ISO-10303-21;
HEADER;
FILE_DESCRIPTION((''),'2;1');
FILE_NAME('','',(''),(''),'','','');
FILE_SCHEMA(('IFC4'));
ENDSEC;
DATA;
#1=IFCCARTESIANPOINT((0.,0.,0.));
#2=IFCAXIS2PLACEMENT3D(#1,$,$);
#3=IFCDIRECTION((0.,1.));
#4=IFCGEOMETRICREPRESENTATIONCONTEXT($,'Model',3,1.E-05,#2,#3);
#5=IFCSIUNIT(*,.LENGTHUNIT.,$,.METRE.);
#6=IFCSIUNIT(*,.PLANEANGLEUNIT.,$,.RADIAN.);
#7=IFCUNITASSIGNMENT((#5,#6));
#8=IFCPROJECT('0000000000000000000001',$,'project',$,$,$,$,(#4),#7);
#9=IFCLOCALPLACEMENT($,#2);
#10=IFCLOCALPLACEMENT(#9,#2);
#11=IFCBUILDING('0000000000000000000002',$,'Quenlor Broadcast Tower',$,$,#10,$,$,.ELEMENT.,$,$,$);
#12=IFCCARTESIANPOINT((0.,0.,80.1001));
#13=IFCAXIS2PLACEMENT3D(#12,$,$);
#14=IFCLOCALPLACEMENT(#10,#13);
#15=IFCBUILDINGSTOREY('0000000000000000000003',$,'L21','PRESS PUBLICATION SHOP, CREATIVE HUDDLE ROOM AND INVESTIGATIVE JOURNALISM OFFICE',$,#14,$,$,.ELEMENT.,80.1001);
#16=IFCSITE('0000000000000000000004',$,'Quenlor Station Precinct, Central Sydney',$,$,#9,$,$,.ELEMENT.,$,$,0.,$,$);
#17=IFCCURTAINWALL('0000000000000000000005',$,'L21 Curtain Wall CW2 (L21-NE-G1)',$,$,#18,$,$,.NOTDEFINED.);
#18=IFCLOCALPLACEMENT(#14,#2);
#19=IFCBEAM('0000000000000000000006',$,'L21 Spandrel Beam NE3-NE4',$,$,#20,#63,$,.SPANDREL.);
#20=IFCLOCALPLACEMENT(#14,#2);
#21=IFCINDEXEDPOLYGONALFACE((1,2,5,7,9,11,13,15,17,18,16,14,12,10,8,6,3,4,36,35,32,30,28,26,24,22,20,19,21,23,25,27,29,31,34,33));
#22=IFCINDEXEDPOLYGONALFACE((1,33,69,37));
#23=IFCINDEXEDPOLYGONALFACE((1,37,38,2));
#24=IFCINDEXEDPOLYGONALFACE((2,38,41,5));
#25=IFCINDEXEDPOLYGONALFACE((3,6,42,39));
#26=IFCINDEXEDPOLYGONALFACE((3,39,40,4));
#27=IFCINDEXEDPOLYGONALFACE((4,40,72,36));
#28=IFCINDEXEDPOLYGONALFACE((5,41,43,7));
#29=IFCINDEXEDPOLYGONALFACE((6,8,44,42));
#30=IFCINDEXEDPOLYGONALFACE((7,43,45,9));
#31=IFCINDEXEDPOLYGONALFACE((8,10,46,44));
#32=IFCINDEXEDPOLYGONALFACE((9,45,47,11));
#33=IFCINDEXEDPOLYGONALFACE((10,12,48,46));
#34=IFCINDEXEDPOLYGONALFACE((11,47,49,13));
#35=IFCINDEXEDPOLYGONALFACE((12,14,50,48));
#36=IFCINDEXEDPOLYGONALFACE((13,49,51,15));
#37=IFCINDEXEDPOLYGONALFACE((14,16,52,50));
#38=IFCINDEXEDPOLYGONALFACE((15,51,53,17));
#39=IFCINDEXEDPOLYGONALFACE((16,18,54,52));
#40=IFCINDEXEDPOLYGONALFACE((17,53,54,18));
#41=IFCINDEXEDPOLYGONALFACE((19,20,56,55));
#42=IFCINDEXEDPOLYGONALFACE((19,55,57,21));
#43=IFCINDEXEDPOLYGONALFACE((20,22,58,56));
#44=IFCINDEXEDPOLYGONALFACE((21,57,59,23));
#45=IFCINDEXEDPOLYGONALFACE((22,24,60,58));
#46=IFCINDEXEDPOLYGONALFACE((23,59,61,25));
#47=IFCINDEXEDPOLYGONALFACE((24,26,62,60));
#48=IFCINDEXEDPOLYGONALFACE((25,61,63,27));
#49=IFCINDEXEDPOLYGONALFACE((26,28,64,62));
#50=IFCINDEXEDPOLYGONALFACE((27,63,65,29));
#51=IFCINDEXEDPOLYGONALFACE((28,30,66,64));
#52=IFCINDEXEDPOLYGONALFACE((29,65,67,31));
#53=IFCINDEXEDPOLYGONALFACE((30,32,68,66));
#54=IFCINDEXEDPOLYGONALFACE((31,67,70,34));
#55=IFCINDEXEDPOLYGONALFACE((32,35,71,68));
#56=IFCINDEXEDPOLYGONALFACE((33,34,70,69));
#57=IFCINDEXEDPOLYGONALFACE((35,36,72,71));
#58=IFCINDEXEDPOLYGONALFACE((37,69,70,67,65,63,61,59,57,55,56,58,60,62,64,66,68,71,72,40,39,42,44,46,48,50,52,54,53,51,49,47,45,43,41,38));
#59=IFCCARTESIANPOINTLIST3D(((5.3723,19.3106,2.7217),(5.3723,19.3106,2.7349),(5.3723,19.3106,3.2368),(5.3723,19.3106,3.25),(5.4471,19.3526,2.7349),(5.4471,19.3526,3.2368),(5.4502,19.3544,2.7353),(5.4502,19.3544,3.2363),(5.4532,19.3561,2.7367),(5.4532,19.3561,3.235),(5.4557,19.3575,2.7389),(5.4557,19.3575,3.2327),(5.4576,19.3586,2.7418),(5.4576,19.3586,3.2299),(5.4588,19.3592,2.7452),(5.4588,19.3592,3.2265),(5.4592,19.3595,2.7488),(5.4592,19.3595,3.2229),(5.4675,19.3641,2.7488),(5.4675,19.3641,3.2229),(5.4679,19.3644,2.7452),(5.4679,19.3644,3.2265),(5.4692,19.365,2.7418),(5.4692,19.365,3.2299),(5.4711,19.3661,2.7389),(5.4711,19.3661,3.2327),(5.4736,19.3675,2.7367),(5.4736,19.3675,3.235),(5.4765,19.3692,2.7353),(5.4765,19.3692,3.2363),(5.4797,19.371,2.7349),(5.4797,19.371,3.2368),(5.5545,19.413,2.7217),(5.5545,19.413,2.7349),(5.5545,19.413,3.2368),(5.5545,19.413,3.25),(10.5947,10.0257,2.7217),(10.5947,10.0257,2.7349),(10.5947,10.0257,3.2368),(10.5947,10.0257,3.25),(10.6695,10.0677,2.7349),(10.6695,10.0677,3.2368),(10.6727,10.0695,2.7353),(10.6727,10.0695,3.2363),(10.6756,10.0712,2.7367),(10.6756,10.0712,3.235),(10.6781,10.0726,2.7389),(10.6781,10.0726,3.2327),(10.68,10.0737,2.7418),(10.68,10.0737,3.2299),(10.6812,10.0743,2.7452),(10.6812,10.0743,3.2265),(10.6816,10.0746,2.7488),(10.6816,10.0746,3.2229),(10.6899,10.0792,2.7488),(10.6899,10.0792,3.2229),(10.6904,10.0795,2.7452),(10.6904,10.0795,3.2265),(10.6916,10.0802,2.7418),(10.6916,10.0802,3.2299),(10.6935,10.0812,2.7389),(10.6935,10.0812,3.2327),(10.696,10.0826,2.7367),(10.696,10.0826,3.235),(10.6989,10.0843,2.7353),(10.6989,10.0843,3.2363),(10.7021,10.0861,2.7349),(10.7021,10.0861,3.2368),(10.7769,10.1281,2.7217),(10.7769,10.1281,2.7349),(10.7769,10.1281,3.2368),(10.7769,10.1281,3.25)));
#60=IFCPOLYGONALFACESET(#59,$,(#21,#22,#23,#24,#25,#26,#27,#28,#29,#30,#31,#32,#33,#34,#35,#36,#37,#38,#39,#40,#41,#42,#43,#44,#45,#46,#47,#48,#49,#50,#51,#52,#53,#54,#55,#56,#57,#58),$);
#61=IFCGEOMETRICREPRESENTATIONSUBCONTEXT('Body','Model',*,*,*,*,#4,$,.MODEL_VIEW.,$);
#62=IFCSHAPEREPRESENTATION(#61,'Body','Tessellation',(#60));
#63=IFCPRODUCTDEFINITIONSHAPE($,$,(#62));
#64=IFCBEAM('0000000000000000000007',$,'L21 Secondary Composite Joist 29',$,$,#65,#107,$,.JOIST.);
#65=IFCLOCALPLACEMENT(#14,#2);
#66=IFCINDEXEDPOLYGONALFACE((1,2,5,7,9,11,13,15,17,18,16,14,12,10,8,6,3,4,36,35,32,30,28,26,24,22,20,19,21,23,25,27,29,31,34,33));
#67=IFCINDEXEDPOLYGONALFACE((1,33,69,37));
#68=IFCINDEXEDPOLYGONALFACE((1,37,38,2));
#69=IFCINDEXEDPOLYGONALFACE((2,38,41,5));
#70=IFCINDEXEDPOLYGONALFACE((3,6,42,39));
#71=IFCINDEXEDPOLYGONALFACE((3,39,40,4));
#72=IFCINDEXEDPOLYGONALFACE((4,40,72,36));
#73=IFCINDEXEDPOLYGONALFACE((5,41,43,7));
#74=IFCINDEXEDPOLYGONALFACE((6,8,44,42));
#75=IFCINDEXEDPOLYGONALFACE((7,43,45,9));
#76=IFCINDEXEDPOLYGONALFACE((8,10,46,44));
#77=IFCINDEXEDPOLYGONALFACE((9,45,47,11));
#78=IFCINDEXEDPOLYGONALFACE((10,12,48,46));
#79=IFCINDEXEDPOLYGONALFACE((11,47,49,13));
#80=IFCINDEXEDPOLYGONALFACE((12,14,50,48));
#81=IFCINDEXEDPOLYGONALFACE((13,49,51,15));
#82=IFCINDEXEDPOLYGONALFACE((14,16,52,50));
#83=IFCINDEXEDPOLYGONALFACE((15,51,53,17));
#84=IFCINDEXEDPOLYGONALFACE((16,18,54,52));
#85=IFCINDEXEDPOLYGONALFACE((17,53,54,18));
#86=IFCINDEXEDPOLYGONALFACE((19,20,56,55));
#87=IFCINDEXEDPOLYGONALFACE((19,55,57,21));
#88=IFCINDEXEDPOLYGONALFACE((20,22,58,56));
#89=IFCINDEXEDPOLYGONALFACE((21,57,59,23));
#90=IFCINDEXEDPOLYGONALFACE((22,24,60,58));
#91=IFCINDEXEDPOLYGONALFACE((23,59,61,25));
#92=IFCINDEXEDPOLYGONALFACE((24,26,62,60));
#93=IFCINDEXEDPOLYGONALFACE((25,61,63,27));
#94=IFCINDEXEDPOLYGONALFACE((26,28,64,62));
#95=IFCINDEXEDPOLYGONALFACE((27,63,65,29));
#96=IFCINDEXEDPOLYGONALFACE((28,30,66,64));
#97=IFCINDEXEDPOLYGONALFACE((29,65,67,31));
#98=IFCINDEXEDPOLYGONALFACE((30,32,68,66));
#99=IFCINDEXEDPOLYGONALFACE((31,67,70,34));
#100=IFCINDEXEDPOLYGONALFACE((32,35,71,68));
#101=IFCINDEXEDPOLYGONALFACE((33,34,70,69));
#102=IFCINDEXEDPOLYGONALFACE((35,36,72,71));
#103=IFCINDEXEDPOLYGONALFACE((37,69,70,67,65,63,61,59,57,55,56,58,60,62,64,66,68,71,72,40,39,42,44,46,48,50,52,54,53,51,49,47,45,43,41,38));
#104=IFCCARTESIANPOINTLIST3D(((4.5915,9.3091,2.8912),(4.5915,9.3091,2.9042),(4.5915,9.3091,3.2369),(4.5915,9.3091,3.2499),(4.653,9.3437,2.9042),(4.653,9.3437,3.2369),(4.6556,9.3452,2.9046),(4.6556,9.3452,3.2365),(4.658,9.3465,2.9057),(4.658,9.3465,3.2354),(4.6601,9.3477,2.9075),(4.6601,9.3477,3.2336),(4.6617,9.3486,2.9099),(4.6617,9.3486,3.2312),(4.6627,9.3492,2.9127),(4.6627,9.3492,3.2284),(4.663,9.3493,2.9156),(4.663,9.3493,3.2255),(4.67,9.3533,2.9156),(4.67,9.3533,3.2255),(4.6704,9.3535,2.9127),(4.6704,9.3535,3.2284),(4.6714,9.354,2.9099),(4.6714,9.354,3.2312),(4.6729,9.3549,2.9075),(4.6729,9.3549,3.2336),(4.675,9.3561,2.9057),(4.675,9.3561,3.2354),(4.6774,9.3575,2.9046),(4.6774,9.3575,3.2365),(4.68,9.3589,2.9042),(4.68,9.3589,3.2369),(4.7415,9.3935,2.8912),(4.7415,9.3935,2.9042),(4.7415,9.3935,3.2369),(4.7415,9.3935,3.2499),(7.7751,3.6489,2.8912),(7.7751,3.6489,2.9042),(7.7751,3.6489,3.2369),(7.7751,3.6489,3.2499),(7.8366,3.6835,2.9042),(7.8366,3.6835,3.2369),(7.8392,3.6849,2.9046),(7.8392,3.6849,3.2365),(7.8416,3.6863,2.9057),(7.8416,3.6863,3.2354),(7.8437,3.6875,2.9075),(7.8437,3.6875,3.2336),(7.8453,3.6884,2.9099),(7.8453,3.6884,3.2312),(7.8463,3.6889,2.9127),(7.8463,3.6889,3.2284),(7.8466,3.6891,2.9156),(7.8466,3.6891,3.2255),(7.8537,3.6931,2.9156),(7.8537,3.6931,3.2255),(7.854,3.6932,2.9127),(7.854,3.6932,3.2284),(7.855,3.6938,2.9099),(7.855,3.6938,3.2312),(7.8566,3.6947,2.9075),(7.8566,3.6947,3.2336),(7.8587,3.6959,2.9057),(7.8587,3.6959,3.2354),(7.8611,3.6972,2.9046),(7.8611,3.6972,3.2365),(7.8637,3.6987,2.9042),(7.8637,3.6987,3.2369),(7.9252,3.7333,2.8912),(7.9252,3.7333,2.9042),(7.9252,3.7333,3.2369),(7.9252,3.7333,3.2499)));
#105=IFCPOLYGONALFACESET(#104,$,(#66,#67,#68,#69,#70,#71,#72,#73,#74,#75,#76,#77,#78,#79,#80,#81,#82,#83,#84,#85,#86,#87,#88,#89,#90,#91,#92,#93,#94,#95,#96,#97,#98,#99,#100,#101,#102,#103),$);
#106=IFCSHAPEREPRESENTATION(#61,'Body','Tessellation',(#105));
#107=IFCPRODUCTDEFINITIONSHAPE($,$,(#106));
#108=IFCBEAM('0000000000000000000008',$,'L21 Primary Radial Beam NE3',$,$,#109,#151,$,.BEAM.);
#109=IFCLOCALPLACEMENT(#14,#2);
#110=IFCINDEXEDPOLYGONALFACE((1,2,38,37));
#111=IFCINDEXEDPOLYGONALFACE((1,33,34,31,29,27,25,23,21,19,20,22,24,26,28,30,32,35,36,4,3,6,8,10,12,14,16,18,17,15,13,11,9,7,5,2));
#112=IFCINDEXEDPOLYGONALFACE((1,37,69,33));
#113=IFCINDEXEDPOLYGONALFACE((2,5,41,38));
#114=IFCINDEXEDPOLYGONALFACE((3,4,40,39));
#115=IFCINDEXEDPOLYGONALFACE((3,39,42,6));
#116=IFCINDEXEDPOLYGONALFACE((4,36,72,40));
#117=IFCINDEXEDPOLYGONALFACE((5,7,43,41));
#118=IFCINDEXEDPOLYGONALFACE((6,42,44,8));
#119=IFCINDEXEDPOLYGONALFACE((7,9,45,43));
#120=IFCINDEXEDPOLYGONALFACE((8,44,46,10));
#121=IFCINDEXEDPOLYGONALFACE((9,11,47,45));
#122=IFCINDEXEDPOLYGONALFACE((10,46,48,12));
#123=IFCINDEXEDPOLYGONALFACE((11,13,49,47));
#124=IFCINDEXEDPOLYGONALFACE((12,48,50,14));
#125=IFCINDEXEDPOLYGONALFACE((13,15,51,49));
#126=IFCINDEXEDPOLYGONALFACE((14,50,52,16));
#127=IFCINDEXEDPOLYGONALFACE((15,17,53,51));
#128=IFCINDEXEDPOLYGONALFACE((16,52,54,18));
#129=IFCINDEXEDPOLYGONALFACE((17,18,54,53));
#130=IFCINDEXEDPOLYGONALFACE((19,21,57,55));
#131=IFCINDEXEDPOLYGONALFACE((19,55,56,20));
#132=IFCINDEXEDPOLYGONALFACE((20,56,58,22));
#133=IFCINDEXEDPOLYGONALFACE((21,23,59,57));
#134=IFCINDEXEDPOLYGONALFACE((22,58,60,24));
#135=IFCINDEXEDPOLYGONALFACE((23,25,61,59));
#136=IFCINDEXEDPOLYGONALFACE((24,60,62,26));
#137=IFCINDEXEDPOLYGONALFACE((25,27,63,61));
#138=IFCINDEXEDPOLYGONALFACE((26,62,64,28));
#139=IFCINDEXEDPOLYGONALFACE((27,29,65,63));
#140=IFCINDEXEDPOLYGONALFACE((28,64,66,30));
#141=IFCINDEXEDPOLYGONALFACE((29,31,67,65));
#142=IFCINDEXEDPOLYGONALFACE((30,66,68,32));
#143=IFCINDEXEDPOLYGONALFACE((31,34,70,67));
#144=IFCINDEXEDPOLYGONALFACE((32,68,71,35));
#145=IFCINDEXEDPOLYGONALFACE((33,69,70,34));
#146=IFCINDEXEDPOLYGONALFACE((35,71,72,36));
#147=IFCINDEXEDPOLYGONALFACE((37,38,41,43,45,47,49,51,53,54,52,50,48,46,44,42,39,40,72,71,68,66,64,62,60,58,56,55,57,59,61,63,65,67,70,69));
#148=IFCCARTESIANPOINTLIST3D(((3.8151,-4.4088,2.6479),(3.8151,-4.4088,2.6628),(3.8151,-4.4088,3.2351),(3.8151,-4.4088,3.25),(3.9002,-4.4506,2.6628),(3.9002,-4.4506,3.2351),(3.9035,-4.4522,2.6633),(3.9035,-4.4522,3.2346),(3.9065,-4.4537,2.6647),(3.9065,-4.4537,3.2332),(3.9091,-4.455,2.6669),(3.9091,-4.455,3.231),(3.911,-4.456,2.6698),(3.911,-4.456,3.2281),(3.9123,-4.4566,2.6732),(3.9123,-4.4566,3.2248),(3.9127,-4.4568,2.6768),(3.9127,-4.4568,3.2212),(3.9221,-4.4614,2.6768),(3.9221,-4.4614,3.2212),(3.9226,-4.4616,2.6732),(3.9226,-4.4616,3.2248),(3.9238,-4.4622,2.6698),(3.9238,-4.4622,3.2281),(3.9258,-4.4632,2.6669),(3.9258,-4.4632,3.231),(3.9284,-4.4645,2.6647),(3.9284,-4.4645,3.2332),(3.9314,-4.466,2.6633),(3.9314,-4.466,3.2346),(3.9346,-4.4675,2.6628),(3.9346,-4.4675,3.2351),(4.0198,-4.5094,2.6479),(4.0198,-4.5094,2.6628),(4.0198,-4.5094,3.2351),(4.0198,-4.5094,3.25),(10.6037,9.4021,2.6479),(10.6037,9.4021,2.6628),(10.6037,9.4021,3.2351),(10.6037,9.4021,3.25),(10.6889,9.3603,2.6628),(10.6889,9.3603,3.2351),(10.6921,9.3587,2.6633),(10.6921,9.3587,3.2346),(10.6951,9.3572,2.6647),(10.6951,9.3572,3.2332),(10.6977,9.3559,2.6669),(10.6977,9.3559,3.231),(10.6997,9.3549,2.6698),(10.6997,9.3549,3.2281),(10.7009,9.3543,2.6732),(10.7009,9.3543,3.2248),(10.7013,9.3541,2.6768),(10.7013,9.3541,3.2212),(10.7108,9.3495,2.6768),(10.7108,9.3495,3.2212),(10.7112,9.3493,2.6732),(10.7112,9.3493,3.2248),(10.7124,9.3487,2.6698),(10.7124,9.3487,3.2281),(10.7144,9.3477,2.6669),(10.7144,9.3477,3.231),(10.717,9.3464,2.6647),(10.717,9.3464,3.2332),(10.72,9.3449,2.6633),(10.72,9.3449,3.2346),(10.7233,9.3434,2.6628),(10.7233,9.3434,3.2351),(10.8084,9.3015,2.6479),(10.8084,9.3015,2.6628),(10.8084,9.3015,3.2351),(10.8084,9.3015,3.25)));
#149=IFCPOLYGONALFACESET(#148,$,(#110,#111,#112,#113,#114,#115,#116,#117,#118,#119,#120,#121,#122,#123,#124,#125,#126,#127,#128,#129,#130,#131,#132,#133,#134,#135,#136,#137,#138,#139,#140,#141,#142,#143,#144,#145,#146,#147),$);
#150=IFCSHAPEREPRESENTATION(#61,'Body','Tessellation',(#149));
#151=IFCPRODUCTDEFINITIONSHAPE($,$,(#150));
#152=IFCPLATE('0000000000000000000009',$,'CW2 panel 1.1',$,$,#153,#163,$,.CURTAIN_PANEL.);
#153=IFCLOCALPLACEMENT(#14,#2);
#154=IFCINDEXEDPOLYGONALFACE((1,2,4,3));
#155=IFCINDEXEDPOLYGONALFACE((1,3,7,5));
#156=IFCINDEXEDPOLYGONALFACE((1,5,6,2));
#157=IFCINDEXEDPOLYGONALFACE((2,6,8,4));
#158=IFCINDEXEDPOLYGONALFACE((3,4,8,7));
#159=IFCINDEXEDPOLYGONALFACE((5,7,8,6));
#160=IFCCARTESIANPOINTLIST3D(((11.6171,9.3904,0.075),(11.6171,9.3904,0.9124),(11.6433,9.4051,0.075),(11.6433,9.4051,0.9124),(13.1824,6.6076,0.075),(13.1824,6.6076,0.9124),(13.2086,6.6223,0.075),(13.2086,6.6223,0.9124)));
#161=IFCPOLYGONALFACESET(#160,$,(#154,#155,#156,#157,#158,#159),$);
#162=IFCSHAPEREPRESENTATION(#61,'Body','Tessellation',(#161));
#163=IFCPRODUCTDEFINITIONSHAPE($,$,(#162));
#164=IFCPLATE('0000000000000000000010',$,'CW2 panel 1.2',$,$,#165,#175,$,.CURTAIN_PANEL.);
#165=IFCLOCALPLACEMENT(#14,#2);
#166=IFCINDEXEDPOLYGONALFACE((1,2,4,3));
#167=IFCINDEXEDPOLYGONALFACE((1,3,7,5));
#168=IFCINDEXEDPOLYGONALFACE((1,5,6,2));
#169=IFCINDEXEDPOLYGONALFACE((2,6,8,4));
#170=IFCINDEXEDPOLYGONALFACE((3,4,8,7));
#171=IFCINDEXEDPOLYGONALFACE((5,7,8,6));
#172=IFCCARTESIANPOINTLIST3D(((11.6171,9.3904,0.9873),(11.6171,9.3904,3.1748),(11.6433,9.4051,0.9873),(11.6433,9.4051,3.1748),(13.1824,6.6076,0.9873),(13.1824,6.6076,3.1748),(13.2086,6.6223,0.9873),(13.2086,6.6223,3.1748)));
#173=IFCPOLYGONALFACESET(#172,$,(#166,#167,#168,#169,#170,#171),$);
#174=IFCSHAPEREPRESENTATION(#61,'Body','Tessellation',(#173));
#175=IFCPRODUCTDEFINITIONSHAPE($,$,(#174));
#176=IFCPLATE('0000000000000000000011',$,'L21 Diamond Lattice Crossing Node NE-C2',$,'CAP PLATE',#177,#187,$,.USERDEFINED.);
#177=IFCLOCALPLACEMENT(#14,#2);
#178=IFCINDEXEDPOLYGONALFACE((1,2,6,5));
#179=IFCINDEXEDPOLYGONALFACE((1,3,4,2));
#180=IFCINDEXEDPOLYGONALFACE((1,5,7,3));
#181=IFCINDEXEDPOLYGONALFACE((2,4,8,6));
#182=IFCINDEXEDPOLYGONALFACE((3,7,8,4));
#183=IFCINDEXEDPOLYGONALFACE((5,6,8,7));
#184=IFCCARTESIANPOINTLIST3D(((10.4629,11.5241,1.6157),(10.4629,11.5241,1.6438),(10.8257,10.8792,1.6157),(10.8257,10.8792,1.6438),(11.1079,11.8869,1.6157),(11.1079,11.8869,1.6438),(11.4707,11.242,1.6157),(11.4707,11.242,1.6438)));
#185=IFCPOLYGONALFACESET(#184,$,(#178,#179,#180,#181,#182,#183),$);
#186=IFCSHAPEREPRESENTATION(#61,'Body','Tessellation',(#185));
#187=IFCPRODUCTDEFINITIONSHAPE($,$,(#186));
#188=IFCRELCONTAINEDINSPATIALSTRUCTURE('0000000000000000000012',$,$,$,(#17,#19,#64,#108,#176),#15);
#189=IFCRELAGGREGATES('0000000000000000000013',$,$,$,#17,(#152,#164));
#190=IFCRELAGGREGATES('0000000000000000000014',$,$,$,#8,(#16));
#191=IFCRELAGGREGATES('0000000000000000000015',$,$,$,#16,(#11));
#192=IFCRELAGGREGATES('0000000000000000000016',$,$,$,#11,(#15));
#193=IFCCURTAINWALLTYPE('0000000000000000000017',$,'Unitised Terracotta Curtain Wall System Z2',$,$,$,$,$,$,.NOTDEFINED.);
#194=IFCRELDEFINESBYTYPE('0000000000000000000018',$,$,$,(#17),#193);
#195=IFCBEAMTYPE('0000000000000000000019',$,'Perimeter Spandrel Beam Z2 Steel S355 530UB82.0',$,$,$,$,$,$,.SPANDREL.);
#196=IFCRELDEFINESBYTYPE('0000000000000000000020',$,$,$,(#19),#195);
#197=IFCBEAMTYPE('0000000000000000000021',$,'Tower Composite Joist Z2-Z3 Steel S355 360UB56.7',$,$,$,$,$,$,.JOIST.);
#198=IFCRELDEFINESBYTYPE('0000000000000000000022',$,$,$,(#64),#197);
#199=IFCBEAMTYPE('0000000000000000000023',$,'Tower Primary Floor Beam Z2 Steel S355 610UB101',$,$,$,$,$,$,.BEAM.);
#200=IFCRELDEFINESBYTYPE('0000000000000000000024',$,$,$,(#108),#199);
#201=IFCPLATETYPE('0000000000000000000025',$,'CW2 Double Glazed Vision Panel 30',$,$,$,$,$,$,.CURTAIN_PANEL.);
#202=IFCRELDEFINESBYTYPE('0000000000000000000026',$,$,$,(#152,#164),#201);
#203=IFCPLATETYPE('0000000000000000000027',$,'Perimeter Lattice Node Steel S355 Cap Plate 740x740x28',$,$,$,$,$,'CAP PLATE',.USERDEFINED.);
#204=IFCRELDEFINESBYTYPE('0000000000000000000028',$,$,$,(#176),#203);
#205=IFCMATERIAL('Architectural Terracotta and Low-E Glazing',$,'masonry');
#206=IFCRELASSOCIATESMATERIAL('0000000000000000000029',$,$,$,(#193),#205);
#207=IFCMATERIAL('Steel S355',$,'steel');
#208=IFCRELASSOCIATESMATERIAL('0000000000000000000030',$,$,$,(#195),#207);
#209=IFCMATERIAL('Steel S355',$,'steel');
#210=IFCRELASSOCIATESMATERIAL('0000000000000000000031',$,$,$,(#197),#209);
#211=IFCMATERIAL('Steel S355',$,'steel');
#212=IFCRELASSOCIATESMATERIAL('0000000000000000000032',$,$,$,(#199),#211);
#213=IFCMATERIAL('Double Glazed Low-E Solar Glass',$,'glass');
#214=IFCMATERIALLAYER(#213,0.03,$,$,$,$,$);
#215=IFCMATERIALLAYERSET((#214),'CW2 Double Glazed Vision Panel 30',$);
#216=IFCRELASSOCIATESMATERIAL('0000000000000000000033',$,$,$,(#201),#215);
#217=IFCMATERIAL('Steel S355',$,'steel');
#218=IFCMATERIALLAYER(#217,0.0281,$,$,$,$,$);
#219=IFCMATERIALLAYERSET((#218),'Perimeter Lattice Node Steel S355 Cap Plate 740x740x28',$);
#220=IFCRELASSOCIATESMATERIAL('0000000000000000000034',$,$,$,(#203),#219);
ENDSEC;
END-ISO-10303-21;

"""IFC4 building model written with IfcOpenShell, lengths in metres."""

from ifc_helpers import new_model, si_unit, direction, frame, origin, origin_2d, place, context, subcontext, project, spatial, rectangle, i_section, extrude, material, layer, layer_set, material_profile, profile_set, type_object, element, aggregate, save


model = new_model("IFC4")

# Units and contexts
model_context = context("Model", 3, precision=1e-05, world=origin(), true_north=direction((0.0, 1.0)))
body_context = subcontext(model_context, "Body", "Model", "MODEL_VIEW")
ifc_project = project(units=[si_unit("LENGTHUNIT", "METRE"), si_unit("PLANEANGLEUNIT", "RADIAN")], contexts=[model_context])

# Site, building, storey
site_placement = place(None, origin())
site = spatial("IfcSite", under=ifc_project, at=site_placement, Name="Quenlor Station Precinct, Central Sydney", CompositionType="ELEMENT", RefElevation=0.0)
building_placement = place(site_placement, origin())
building = spatial("IfcBuilding", under=site, at=building_placement, Name="Quenlor Broadcast Tower", CompositionType="ELEMENT")
storey_placement = place(building_placement, frame((0.0, 0.0, 80.1001)))
storey = spatial("IfcBuildingStorey", under=building, at=storey_placement, Name="L21", Description="PRESS PUBLICATION SHOP, CREATIVE HUDDLE ROOM AND INVESTIGATIVE JOURNALISM OFFICE", CompositionType="ELEMENT", Elevation=80.1001)

# Shared definitions
ifc_material_1 = material(Name="Architectural Terracotta and Low-E Glazing", Category="masonry")
curtain_wall_type = type_object("IfcCurtainWallType", Name="Unitised Terracotta Curtain Wall System Z2", PredefinedType="NOTDEFINED", material=ifc_material_1)

# Curtain wall
curtain_wall_1_placement = place(storey_placement, origin())
curtain_wall_1 = element("IfcCurtainWall", 1, at=curtain_wall_1_placement, inside=storey, type_object=curtain_wall_type, Name="L21 Curtain Wall CW2 (L21-NE-G1)", PredefinedType="NOTDEFINED")

# Beams
ifc_material_2 = material(Name="Steel S355", Category="steel")
ifc_material_profile_1 = material_profile(ifc_material_2, i_section(OverallWidth=0.209, OverallDepth=0.5283, WebThickness=0.0095, FlangeThickness=0.0132, FilletRadius=0.0139, at=origin_2d()))
ifc_profile_set_1 = profile_set([ifc_material_profile_1], Name="Steel S355 530UB82.0")
beam_type_1 = type_object("IfcBeamType", Name="Perimeter Spandrel Beam Z2 Steel S355 530UB82.0", PredefinedType="SPANDREL", material=ifc_profile_set_1)
beam_1_placement = place(storey_placement, frame((10.6858, 10.0769, 2.9858), z_axis=(-0.490236, 0.87159, 0.0), x_axis=(-0.87159, -0.490236, 0.0)))
element("IfcBeam", 2, at=beam_1_placement, inside=storey, type_object=beam_type_1, Name="L21 Spandrel Beam NE3-NE4", PredefinedType="SPANDREL", context=body_context, shape_type="SweptSolid", body=[
    extrude(i_section(OverallWidth=0.209, OverallDepth=0.5283, WebThickness=0.0095, FlangeThickness=0.0132, FilletRadius=0.0139, at=origin_2d()), origin(), (0.0, 0.0, 1.0), 10.6528),
])
ifc_material_3 = material(Name="Steel S355", Category="steel")
ifc_material_profile_2 = material_profile(ifc_material_3, i_section(OverallWidth=0.1721, OverallDepth=0.3586, WebThickness=0.0081, FlangeThickness=0.0129, FilletRadius=0.0115, at=origin_2d()))
ifc_profile_set_2 = profile_set([ifc_material_profile_2], Name="Steel S355 360UB56.7")
beam_type_2 = type_object("IfcBeamType", Name="Tower Composite Joist Z2-Z3 Steel S355 360UB56.7", PredefinedType="JOIST", material=ifc_profile_set_2)
beam_2_placement = place(storey_placement, frame((4.6665, 9.3513, 3.0706), z_axis=(0.490233, -0.871592, 0.0), x_axis=(0.871592, 0.490233, 0.0)))
element("IfcBeam", 3, at=beam_2_placement, inside=storey, type_object=beam_type_2, Name="L21 Secondary Composite Joist 29", PredefinedType="JOIST", context=body_context, shape_type="SweptSolid", body=[
    extrude(i_section(OverallWidth=0.1721, OverallDepth=0.3586, WebThickness=0.0081, FlangeThickness=0.0129, FilletRadius=0.0115, at=origin_2d()), origin(), (0.0, 0.0, 1.0), 6.4941),
])
ifc_material_4 = material(Name="Steel S355", Category="steel")
ifc_material_profile_3 = material_profile(ifc_material_4, i_section(OverallWidth=0.228, OverallDepth=0.6021, WebThickness=0.0105, FlangeThickness=0.0149, FilletRadius=0.0139, at=origin_2d()))
ifc_profile_set_3 = profile_set([ifc_material_profile_3], Name="Steel S355 610UB101")
beam_type_3 = type_object("IfcBeamType", Name="Tower Primary Floor Beam Z2 Steel S355 610UB101", PredefinedType="BEAM", material=ifc_profile_set_3)
beam_3_placement = place(storey_placement, frame((10.7061, 9.3518, 2.949), z_axis=(-0.44113, -0.897443, 0.0), x_axis=(0.897443, -0.44113, 0.0)))
element("IfcBeam", 4, at=beam_3_placement, inside=storey, type_object=beam_type_3, Name="L21 Primary Radial Beam NE3", PredefinedType="BEAM", context=body_context, shape_type="SweptSolid", body=[
    extrude(i_section(OverallWidth=0.228, OverallDepth=0.6021, WebThickness=0.0105, FlangeThickness=0.0149, FilletRadius=0.0139, at=origin_2d()), origin(), (0.0, 0.0, 1.0), 15.3892),
])

# Plates
ifc_material_5 = material(Name="Double Glazed Low-E Solar Glass", Category="glass")
ifc_layer_1 = layer(ifc_material_5, 0.03)
ifc_layer_set_1 = layer_set([ifc_layer_1], Name="CW2 Double Glazed Vision Panel 30")
plate_type_1 = type_object("IfcPlateType", Name="CW2 Double Glazed Vision Panel 30", PredefinedType="CURTAIN_PANEL", material=ifc_layer_set_1)
plate_1_placement = place(storey_placement, frame((12.4128, 8.0063, 0.075), z_axis=(0.0, 0.0, 1.0), x_axis=(0.490261, -0.871576, 0.0)))
plate_1 = element("IfcPlate", 5, at=plate_1_placement, type_object=plate_type_1, Name="CW2 panel 1.1", PredefinedType="CURTAIN_PANEL", context=body_context, shape_type="SweptSolid", body=[
    extrude(rectangle(XDim=3.1929, YDim=0.03, at=origin_2d()), origin(), (0.0, 0.0, 1.0), 0.8374),
])
plate_2_placement = place(storey_placement, frame((12.4128, 8.0063, 0.9873), z_axis=(0.0, 0.0, 1.0), x_axis=(0.490261, -0.871576, 0.0)))
plate_2 = element("IfcPlate", 6, at=plate_2_placement, type_object=plate_type_1, Name="CW2 panel 1.2", PredefinedType="CURTAIN_PANEL", context=body_context, shape_type="SweptSolid", body=[
    extrude(rectangle(XDim=3.1929, YDim=0.03, at=origin_2d()), origin(), (0.0, 0.0, 1.0), 2.1875),
])
aggregate(curtain_wall_1, [plate_1, plate_2])

# Plate
ifc_material_6 = material(Name="Steel S355", Category="steel")
ifc_layer_2 = layer(ifc_material_6, 0.0281)
ifc_layer_set_2 = layer_set([ifc_layer_2], Name="Perimeter Lattice Node Steel S355 Cap Plate 740x740x28")
plate_type_2 = type_object("IfcPlateType", Name="Perimeter Lattice Node Steel S355 Cap Plate 740x740x28", ElementType="CAP PLATE", PredefinedType="USERDEFINED", material=ifc_layer_set_2)
plate_3_placement = place(storey_placement, frame((10.9668, 11.3831, 1.6157), z_axis=(0.0, 0.0, 1.0), x_axis=(0.490295, -0.871556, 0.0)))
element("IfcPlate", 7, at=plate_3_placement, inside=storey, type_object=plate_type_2, Name="L21 Diamond Lattice Crossing Node NE-C2", ObjectType="CAP PLATE", PredefinedType="USERDEFINED", context=body_context, shape_type="SweptSolid", body=[
    extrude(rectangle(XDim=0.74, YDim=0.74, at=origin_2d()), origin(), (0.0, 0.0, 1.0), 0.0281),
])

save(model, "model.ifc")
